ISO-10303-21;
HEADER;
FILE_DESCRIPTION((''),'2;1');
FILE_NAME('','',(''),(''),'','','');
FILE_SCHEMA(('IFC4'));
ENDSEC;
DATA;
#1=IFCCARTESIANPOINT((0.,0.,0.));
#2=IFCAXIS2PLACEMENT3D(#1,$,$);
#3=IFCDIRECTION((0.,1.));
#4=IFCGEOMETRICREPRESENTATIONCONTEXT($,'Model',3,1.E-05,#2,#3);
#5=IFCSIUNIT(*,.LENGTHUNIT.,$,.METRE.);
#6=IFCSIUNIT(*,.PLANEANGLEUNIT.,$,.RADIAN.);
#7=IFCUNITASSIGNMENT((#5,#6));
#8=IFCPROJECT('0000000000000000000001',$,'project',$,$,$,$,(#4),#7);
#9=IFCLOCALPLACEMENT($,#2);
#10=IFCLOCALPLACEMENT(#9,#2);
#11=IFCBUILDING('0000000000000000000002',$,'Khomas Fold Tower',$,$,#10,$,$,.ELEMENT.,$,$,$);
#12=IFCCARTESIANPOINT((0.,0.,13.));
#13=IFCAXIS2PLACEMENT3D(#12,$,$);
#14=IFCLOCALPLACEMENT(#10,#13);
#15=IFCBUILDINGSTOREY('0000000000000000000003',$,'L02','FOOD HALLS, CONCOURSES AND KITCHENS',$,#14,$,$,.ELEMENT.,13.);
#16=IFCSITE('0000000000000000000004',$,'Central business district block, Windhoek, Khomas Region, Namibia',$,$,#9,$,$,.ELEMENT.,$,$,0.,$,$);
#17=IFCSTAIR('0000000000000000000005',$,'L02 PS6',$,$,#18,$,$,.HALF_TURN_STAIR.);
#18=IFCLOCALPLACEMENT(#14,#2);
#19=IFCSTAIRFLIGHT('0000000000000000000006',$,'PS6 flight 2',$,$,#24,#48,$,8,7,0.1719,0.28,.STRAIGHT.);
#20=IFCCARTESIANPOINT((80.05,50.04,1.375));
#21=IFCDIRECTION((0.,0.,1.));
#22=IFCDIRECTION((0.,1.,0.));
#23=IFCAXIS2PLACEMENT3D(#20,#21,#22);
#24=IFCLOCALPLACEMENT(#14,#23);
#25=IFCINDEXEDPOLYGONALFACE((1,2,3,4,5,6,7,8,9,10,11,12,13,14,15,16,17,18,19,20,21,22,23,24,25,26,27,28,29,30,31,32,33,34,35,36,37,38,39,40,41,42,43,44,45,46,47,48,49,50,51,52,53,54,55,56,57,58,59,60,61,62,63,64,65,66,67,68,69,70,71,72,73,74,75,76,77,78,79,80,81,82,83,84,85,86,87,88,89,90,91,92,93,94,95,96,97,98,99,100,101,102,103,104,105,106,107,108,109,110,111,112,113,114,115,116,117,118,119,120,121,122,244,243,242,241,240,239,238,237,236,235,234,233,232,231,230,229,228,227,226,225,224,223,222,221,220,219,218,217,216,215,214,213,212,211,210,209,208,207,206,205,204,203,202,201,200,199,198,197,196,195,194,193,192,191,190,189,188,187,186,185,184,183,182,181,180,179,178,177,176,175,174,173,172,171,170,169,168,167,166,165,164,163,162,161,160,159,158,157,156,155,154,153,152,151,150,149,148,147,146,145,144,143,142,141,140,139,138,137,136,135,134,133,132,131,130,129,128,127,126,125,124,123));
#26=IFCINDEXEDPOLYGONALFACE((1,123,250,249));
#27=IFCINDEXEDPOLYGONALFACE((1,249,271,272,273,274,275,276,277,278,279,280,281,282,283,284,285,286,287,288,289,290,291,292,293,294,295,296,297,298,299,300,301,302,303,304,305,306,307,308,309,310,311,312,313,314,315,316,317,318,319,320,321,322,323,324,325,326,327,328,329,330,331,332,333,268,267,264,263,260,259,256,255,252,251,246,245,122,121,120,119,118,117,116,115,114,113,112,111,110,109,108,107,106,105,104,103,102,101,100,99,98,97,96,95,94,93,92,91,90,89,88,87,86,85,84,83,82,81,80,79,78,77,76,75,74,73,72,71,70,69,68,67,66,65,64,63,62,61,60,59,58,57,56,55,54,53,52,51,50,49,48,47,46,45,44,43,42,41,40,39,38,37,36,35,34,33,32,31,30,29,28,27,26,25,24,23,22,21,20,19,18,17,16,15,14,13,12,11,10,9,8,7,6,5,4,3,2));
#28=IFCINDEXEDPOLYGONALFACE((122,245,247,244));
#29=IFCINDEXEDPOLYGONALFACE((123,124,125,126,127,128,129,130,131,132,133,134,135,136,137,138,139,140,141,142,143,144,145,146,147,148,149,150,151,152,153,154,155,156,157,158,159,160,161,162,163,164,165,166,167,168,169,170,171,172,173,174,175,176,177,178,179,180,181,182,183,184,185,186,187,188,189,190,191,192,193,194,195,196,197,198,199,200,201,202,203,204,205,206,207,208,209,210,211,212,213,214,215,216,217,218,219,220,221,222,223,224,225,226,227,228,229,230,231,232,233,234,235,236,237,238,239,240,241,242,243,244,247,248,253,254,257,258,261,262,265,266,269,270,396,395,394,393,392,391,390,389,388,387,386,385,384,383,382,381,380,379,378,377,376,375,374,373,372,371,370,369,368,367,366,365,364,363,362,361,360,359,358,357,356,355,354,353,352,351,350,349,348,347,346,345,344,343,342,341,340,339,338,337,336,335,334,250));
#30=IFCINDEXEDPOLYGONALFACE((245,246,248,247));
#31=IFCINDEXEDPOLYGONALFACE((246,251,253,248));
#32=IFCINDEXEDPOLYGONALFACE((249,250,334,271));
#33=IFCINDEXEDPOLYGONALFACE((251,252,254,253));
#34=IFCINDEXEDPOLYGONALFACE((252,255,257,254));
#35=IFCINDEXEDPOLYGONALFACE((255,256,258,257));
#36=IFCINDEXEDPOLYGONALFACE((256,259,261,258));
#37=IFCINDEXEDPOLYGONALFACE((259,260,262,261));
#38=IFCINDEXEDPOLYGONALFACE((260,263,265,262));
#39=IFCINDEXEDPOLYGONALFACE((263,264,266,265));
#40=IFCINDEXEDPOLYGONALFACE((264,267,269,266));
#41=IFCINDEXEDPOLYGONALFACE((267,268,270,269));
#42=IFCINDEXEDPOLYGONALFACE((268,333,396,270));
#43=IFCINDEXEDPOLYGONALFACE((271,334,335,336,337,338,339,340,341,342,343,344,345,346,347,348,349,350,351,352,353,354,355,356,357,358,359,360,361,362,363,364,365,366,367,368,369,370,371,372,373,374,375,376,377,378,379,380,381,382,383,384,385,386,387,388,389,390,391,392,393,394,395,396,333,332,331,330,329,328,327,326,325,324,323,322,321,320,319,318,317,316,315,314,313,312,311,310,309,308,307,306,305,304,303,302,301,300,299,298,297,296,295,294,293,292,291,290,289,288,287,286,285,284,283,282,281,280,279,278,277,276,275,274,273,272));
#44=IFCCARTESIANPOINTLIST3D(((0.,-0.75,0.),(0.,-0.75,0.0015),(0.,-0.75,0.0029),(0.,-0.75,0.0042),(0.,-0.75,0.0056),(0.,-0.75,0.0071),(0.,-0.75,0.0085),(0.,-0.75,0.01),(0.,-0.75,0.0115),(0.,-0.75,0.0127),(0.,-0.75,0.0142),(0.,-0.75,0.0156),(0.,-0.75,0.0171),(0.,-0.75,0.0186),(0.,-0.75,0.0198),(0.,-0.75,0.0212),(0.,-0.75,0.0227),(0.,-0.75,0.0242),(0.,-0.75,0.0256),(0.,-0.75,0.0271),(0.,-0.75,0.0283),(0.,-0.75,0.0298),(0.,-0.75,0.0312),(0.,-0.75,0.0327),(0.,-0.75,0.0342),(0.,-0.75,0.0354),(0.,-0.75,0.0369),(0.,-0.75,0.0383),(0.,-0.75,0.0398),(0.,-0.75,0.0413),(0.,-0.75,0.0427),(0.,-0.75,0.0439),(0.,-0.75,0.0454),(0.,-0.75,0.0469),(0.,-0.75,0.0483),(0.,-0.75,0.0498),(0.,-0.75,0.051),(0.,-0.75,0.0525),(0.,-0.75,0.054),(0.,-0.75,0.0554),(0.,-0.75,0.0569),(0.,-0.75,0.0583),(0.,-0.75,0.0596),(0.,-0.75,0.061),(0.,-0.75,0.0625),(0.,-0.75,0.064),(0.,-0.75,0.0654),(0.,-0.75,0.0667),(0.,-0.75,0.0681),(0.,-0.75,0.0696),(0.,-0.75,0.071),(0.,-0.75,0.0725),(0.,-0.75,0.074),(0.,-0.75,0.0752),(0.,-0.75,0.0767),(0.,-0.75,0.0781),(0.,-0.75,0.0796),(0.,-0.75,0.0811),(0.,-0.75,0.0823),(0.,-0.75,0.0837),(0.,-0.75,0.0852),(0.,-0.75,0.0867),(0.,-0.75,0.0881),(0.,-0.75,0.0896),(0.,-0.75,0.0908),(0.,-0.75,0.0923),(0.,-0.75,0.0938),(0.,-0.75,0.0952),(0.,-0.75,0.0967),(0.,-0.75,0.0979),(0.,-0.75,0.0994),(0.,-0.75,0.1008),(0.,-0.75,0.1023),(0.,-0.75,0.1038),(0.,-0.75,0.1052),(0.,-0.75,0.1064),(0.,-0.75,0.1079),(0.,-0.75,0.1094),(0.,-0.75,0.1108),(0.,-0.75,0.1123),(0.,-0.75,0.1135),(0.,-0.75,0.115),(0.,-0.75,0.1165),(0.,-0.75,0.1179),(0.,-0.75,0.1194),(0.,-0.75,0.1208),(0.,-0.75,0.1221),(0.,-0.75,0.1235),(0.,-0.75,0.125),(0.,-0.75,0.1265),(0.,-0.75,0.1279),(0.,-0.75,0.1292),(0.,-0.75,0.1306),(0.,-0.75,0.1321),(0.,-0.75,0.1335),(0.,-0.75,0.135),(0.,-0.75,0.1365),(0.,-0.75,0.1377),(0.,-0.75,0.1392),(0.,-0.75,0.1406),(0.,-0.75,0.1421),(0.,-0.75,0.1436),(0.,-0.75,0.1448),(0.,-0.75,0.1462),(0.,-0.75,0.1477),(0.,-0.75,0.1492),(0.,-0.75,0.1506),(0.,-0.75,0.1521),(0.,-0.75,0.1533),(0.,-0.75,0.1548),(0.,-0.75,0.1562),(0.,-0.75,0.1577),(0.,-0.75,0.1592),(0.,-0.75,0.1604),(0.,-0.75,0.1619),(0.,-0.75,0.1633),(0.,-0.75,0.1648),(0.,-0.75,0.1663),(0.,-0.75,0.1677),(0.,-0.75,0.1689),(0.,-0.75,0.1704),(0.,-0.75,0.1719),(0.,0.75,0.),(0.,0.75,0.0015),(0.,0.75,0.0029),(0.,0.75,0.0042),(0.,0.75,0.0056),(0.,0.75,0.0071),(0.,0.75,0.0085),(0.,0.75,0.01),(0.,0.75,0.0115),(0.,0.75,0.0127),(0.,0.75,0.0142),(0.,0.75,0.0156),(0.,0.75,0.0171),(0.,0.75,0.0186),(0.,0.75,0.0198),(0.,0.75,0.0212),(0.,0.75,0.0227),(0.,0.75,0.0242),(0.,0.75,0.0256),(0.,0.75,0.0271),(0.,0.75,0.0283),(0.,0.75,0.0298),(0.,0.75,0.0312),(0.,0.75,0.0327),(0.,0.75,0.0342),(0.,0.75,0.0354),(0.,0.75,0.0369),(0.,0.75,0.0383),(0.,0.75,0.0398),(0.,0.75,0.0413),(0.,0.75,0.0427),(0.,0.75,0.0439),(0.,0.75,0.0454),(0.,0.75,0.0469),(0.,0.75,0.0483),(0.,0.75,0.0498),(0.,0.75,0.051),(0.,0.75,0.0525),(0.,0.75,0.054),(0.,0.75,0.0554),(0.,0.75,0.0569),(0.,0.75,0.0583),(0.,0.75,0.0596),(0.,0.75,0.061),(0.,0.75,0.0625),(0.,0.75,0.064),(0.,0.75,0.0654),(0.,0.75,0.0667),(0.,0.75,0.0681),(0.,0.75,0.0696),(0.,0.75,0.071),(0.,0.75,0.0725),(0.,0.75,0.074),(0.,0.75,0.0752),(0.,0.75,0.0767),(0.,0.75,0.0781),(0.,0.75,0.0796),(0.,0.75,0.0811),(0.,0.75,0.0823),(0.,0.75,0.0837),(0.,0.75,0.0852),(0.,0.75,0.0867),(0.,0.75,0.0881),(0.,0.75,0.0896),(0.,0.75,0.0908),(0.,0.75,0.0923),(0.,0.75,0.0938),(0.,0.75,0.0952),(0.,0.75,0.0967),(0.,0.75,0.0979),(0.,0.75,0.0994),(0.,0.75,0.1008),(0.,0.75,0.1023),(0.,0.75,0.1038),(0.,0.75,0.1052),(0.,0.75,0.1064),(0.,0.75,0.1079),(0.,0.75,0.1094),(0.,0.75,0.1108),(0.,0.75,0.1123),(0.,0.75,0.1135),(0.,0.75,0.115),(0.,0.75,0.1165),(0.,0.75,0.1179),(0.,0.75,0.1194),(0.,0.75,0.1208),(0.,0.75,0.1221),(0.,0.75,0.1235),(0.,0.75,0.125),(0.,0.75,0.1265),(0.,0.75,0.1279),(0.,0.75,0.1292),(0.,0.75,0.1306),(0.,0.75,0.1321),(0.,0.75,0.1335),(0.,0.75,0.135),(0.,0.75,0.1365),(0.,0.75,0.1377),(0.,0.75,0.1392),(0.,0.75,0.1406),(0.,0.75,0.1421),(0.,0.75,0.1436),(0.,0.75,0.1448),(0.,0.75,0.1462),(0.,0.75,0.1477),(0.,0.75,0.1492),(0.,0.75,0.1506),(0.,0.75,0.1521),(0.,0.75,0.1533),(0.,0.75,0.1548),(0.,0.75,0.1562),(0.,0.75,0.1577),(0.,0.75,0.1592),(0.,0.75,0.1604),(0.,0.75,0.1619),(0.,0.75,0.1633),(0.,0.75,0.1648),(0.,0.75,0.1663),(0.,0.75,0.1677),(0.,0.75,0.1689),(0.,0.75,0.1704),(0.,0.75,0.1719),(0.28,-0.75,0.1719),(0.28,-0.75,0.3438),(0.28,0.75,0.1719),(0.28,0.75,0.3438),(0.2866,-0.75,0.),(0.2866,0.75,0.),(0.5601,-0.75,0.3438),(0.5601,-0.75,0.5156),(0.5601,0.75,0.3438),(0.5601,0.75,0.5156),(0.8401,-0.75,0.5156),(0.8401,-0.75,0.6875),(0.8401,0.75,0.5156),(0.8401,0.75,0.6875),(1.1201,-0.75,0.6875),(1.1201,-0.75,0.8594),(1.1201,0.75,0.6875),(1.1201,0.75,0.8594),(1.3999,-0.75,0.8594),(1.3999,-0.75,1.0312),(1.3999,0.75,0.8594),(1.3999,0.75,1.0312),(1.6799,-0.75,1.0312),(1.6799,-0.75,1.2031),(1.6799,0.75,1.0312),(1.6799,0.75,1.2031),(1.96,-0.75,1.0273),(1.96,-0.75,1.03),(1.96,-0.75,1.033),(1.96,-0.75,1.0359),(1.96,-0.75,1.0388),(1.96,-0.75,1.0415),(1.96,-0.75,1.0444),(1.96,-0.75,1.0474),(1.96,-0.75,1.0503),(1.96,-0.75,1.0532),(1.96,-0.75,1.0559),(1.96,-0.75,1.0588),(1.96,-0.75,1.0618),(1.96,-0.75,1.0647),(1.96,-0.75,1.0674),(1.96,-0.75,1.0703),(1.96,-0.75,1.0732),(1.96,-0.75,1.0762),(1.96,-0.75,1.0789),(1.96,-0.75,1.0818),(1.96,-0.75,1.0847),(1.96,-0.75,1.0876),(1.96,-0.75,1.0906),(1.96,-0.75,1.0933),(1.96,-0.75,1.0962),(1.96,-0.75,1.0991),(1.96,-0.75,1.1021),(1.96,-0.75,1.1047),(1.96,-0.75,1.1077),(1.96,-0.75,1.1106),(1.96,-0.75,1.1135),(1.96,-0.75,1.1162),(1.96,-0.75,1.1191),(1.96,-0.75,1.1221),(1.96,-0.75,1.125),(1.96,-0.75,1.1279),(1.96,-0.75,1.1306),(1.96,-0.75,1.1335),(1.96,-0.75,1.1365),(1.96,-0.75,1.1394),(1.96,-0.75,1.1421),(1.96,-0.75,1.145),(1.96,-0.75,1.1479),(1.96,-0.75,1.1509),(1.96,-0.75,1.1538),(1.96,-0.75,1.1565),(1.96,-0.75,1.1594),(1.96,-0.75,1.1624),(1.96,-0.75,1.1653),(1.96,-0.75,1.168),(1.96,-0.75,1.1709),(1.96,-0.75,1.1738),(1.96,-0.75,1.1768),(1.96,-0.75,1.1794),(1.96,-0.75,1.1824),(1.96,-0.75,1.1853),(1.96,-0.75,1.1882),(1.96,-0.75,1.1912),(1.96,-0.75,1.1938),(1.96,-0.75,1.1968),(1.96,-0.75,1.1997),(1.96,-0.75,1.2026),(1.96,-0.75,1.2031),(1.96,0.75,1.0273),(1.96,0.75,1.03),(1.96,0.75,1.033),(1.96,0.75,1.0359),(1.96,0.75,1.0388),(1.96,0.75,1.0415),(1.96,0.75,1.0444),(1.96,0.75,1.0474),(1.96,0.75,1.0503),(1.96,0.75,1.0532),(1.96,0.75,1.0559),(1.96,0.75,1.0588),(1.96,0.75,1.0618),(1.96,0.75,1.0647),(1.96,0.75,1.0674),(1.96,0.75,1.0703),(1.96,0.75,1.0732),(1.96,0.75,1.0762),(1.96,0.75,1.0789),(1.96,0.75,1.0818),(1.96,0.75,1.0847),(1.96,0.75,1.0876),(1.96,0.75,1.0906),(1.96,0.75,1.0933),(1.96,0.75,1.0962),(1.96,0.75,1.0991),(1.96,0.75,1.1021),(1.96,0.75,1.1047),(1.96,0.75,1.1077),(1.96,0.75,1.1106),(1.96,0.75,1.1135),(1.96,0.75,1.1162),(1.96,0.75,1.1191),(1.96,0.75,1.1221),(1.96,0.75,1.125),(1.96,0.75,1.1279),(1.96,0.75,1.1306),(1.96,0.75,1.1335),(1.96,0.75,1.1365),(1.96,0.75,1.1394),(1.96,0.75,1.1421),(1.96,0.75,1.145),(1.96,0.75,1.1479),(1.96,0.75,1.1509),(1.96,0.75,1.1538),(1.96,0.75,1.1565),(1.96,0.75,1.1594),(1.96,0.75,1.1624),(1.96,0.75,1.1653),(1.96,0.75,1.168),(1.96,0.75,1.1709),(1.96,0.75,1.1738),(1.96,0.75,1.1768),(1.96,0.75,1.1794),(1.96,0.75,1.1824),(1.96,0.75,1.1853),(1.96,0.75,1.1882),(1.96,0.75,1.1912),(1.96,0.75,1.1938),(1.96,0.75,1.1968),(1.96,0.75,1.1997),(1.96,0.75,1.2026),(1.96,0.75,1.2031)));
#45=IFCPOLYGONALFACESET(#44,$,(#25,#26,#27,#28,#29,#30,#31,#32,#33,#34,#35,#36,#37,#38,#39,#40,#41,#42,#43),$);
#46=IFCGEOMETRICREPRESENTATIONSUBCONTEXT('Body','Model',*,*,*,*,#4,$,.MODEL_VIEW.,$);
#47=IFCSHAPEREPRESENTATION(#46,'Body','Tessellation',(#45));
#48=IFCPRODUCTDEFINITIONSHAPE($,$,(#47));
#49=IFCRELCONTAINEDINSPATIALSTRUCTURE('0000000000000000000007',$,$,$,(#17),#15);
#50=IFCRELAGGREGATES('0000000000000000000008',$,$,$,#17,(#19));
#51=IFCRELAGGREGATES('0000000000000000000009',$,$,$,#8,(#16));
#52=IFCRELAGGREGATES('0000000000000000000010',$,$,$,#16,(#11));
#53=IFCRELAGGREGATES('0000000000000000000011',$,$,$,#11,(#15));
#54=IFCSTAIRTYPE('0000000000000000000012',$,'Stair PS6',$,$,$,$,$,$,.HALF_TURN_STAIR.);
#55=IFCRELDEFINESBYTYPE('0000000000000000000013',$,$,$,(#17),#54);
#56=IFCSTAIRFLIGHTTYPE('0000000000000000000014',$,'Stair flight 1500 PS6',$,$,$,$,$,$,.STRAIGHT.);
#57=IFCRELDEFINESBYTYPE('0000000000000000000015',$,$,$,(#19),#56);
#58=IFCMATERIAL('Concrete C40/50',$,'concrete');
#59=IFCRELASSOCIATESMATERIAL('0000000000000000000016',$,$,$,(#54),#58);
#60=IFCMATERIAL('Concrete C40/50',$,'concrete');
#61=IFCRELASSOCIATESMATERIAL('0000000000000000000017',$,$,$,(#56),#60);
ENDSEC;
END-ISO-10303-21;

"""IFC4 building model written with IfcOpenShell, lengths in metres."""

from ifc_helpers import new_model, si_unit, direction, frame, origin, place, context, subcontext, project, spatial, polyline, outline, extrude, source, transform, mapped, material, type_object, element, aggregate, save


model = new_model("IFC4")

# Units and contexts
model_context = context("Model", 3, precision=1e-05, world=origin(), true_north=direction((0.0, 1.0)))
body_context = subcontext(model_context, "Body", "Model", "MODEL_VIEW")
ifc_project = project(units=[si_unit("LENGTHUNIT", "METRE"), si_unit("PLANEANGLEUNIT", "RADIAN")], contexts=[model_context])

# Site, building, storey
site_placement = place(None, origin())
site = spatial("IfcSite", under=ifc_project, at=site_placement, Name="Central business district block, Windhoek, Khomas Region, Namibia", CompositionType="ELEMENT", RefElevation=0.0)
building_placement = place(site_placement, origin())
building = spatial("IfcBuilding", under=site, at=building_placement, Name="Khomas Fold Tower", CompositionType="ELEMENT")
storey_placement = place(building_placement, frame((0.0, 0.0, 13.0)))
storey = spatial("IfcBuildingStorey", under=building, at=storey_placement, Name="L02", Description="FOOD HALLS, CONCOURSES AND KITCHENS", CompositionType="ELEMENT", Elevation=13.0)

# Stair, stair flight
shared_shape_1 = source(origin(), body_context, "Body", "SweptSolid", [
    extrude(outline(polyline([(0.0, 0.0), (0.0, 0.0015), (0.0, 0.0029), (0.0, 0.0042), (0.0, 0.0056), (0.0, 0.0071), (0.0, 0.0085), (0.0, 0.01), (0.0, 0.0115), (0.0, 0.0127), (0.0, 0.0142), (0.0, 0.0156), (0.0, 0.0171), (0.0, 0.0186), (0.0, 0.0198), (0.0, 0.0212), (0.0, 0.0227), (0.0, 0.0242), (0.0, 0.0256), (0.0, 0.0271), (0.0, 0.0283), (0.0, 0.0298), (0.0, 0.0312), (0.0, 0.0327), (0.0, 0.0342), (0.0, 0.0354), (0.0, 0.0369), (0.0, 0.0383), (0.0, 0.0398), (0.0, 0.0413), (0.0, 0.0427), (0.0, 0.0439), (0.0, 0.0454), (0.0, 0.0469), (0.0, 0.0483), (0.0, 0.0498), (0.0, 0.051), (0.0, 0.0525), (0.0, 0.054), (0.0, 0.0554), (0.0, 0.0569), (0.0, 0.0583), (0.0, 0.0596), (0.0, 0.061), (0.0, 0.0625), (0.0, 0.064), (0.0, 0.0654), (0.0, 0.0667), (0.0, 0.0681), (0.0, 0.0696), (0.0, 0.071), (0.0, 0.0725), (0.0, 0.074), (0.0, 0.0752), (0.0, 0.0767), (0.0, 0.0781), (0.0, 0.0796), (0.0, 0.0811), (0.0, 0.0823), (0.0, 0.0837), (0.0, 0.0852), (0.0, 0.0867), (0.0, 0.0881), (0.0, 0.0896), (0.0, 0.0908), (0.0, 0.0923), (0.0, 0.0938), (0.0, 0.0952), (0.0, 0.0967), (0.0, 0.0979), (0.0, 0.0994), (0.0, 0.1008), (0.0, 0.1023), (0.0, 0.1038), (0.0, 0.1052), (0.0, 0.1064), (0.0, 0.1079), (0.0, 0.1094), (0.0, 0.1108), (0.0, 0.1123), (0.0, 0.1135), (0.0, 0.115), (0.0, 0.1165), (0.0, 0.1179), (0.0, 0.1194), (0.0, 0.1208), (0.0, 0.1221), (0.0, 0.1235), (0.0, 0.125), (0.0, 0.1265), (0.0, 0.1279), (0.0, 0.1292), (0.0, 0.1306), (0.0, 0.1321), (0.0, 0.1335), (0.0, 0.135), (0.0, 0.1365), (0.0, 0.1377), (0.0, 0.1392), (0.0, 0.1406), (0.0, 0.1421), (0.0, 0.1436), (0.0, 0.1448), (0.0, 0.1462), (0.0, 0.1477), (0.0, 0.1492), (0.0, 0.1506), (0.0, 0.1521), (0.0, 0.1533), (0.0, 0.1548), (0.0, 0.1562), (0.0, 0.1577), (0.0, 0.1592), (0.0, 0.1604), (0.0, 0.1619), (0.0, 0.1633), (0.0, 0.1648), (0.0, 0.1663), (0.0, 0.1677), (0.0, 0.1689), (0.0, 0.1704), (0.0, 0.1719), (0.28, 0.1719), (0.28, 0.3438), (0.5601, 0.3438), (0.5601, 0.5156), (0.8401, 0.5156), (0.8401, 0.6875), (1.1201, 0.6875), (1.1201, 0.8594), (1.3999, 0.8594), (1.3999, 1.0312), (1.6799, 1.0312), (1.6799, 1.2031), (1.96, 1.2031), (1.96, 1.375), (1.96, 1.3721), (1.96, 1.3691), (1.96, 1.3665), (1.96, 1.3635), (1.96, 1.3606), (1.96, 1.3577), (1.96, 1.355), (1.96, 1.3521), (1.96, 1.3491), (1.96, 1.3462), (1.96, 1.3435), (1.96, 1.3406), (1.96, 1.3376), (1.96, 1.3347), (1.96, 1.3318), (1.96, 1.3291), (1.96, 1.3262), (1.96, 1.3232), (1.96, 1.3203), (1.96, 1.3176), (1.96, 1.3147), (1.96, 1.3118), (1.96, 1.3088), (1.96, 1.3059), (1.96, 1.3032), (1.96, 1.3003), (1.96, 1.2974), (1.96, 1.2944), (1.96, 1.2917), (1.96, 1.2888), (1.96, 1.2859), (1.96, 1.283), (1.96, 1.2803), (1.96, 1.2773), (1.96, 1.2744), (1.96, 1.2715), (1.96, 1.2686), (1.96, 1.2659), (1.96, 1.2629), (1.96, 1.26), (1.96, 1.2571), (1.96, 1.2544), (1.96, 1.2515), (1.96, 1.2485), (1.96, 1.2456), (1.96, 1.2427), (1.96, 1.24), (1.96, 1.2371), (1.96, 1.2341), (1.96, 1.2312), (1.96, 1.2285), (1.96, 1.2256), (1.96, 1.2227), (1.96, 1.2197), (1.96, 1.217), (1.96, 1.2141), (1.96, 1.2112), (1.96, 1.2083), (1.96, 1.2053), (1.96, 1.2026), (1.96, 1.1997), (1.96, 1.1968), (1.96, 1.1938), (1.96, 1.1912), (1.96, 1.1882), (1.96, 1.1853), (1.96, 1.1824), (1.96, 1.1794), (1.96, 1.1768), (1.96, 1.1738), (1.96, 1.1709), (1.96, 1.168), (1.96, 1.1653), (1.96, 1.1624), (1.96, 1.1594), (1.96, 1.1565), (1.96, 1.1538), (1.96, 1.1509), (1.96, 1.1479), (1.96, 1.145), (1.96, 1.1421), (1.96, 1.1394), (1.96, 1.1365), (1.96, 1.1335), (1.96, 1.1306), (1.96, 1.1279), (1.96, 1.125), (1.96, 1.1221), (1.96, 1.1191), (1.96, 1.1162), (1.96, 1.1135), (1.96, 1.1106), (1.96, 1.1077), (1.96, 1.1047), (1.96, 1.1021), (1.96, 1.0991), (1.96, 1.0962), (1.96, 1.0933), (1.96, 1.0906), (1.96, 1.0876), (1.96, 1.0847), (1.96, 1.0818), (1.96, 1.0789), (1.96, 1.0762), (1.96, 1.0732), (1.96, 1.0703), (1.96, 1.0674), (1.96, 1.0647), (1.96, 1.0618), (1.96, 1.0588), (1.96, 1.0559), (1.96, 1.0532), (1.96, 1.0503), (1.96, 1.0474), (1.96, 1.0444), (1.96, 1.0415), (1.96, 1.0388), (1.96, 1.0359), (1.96, 1.033), (1.96, 1.03), (1.96, 1.0273), (0.2866, 0.0), (0.0, 0.0)])), frame((0.0, 0.75, 0.0), z_axis=(0.0, -1.0, 0.0), x_axis=(1.0, 0.0, 0.0)), (0.0, 0.0, 1.0), 1.5),
])
ifc_material_1 = material(Name="Concrete C40/50", Category="concrete")
stair_type_1 = type_object("IfcStairType", Name="Stair PS6", PredefinedType="HALF_TURN_STAIR", material=ifc_material_1)
stair_1_placement = place(storey_placement, origin())
stair_1 = element("IfcStair", 1, at=stair_1_placement, inside=storey, type_object=stair_type_1, Name="L02 PS6", PredefinedType="HALF_TURN_STAIR")
ifc_material_2 = material(Name="Concrete C40/50", Category="concrete")
stair_flight_type_1 = type_object("IfcStairFlightType", Name="Stair flight 1500 PS6", PredefinedType="STRAIGHT", material=ifc_material_2)
stair_flight_1_placement = place(storey_placement, frame((80.05, 50.04, 1.375), z_axis=(0.0, 0.0, 1.0), x_axis=(0.0, 1.0, 0.0)))
stair_flight_1 = element("IfcStairFlight", 2, at=stair_flight_1_placement, type_object=stair_flight_type_1, Name="PS6 flight 2", NumberOfRisers=8, NumberOfTreads=7, PredefinedType="STRAIGHT", RiserHeight=0.1719, TreadLength=0.28, context=body_context, shape_type="MappedRepresentation", body=[
    mapped(shared_shape_1, transform((0.0, 0.0, 0.0))),
])
aggregate(stair_1, [stair_flight_1])

save(model, "model.ifc")
